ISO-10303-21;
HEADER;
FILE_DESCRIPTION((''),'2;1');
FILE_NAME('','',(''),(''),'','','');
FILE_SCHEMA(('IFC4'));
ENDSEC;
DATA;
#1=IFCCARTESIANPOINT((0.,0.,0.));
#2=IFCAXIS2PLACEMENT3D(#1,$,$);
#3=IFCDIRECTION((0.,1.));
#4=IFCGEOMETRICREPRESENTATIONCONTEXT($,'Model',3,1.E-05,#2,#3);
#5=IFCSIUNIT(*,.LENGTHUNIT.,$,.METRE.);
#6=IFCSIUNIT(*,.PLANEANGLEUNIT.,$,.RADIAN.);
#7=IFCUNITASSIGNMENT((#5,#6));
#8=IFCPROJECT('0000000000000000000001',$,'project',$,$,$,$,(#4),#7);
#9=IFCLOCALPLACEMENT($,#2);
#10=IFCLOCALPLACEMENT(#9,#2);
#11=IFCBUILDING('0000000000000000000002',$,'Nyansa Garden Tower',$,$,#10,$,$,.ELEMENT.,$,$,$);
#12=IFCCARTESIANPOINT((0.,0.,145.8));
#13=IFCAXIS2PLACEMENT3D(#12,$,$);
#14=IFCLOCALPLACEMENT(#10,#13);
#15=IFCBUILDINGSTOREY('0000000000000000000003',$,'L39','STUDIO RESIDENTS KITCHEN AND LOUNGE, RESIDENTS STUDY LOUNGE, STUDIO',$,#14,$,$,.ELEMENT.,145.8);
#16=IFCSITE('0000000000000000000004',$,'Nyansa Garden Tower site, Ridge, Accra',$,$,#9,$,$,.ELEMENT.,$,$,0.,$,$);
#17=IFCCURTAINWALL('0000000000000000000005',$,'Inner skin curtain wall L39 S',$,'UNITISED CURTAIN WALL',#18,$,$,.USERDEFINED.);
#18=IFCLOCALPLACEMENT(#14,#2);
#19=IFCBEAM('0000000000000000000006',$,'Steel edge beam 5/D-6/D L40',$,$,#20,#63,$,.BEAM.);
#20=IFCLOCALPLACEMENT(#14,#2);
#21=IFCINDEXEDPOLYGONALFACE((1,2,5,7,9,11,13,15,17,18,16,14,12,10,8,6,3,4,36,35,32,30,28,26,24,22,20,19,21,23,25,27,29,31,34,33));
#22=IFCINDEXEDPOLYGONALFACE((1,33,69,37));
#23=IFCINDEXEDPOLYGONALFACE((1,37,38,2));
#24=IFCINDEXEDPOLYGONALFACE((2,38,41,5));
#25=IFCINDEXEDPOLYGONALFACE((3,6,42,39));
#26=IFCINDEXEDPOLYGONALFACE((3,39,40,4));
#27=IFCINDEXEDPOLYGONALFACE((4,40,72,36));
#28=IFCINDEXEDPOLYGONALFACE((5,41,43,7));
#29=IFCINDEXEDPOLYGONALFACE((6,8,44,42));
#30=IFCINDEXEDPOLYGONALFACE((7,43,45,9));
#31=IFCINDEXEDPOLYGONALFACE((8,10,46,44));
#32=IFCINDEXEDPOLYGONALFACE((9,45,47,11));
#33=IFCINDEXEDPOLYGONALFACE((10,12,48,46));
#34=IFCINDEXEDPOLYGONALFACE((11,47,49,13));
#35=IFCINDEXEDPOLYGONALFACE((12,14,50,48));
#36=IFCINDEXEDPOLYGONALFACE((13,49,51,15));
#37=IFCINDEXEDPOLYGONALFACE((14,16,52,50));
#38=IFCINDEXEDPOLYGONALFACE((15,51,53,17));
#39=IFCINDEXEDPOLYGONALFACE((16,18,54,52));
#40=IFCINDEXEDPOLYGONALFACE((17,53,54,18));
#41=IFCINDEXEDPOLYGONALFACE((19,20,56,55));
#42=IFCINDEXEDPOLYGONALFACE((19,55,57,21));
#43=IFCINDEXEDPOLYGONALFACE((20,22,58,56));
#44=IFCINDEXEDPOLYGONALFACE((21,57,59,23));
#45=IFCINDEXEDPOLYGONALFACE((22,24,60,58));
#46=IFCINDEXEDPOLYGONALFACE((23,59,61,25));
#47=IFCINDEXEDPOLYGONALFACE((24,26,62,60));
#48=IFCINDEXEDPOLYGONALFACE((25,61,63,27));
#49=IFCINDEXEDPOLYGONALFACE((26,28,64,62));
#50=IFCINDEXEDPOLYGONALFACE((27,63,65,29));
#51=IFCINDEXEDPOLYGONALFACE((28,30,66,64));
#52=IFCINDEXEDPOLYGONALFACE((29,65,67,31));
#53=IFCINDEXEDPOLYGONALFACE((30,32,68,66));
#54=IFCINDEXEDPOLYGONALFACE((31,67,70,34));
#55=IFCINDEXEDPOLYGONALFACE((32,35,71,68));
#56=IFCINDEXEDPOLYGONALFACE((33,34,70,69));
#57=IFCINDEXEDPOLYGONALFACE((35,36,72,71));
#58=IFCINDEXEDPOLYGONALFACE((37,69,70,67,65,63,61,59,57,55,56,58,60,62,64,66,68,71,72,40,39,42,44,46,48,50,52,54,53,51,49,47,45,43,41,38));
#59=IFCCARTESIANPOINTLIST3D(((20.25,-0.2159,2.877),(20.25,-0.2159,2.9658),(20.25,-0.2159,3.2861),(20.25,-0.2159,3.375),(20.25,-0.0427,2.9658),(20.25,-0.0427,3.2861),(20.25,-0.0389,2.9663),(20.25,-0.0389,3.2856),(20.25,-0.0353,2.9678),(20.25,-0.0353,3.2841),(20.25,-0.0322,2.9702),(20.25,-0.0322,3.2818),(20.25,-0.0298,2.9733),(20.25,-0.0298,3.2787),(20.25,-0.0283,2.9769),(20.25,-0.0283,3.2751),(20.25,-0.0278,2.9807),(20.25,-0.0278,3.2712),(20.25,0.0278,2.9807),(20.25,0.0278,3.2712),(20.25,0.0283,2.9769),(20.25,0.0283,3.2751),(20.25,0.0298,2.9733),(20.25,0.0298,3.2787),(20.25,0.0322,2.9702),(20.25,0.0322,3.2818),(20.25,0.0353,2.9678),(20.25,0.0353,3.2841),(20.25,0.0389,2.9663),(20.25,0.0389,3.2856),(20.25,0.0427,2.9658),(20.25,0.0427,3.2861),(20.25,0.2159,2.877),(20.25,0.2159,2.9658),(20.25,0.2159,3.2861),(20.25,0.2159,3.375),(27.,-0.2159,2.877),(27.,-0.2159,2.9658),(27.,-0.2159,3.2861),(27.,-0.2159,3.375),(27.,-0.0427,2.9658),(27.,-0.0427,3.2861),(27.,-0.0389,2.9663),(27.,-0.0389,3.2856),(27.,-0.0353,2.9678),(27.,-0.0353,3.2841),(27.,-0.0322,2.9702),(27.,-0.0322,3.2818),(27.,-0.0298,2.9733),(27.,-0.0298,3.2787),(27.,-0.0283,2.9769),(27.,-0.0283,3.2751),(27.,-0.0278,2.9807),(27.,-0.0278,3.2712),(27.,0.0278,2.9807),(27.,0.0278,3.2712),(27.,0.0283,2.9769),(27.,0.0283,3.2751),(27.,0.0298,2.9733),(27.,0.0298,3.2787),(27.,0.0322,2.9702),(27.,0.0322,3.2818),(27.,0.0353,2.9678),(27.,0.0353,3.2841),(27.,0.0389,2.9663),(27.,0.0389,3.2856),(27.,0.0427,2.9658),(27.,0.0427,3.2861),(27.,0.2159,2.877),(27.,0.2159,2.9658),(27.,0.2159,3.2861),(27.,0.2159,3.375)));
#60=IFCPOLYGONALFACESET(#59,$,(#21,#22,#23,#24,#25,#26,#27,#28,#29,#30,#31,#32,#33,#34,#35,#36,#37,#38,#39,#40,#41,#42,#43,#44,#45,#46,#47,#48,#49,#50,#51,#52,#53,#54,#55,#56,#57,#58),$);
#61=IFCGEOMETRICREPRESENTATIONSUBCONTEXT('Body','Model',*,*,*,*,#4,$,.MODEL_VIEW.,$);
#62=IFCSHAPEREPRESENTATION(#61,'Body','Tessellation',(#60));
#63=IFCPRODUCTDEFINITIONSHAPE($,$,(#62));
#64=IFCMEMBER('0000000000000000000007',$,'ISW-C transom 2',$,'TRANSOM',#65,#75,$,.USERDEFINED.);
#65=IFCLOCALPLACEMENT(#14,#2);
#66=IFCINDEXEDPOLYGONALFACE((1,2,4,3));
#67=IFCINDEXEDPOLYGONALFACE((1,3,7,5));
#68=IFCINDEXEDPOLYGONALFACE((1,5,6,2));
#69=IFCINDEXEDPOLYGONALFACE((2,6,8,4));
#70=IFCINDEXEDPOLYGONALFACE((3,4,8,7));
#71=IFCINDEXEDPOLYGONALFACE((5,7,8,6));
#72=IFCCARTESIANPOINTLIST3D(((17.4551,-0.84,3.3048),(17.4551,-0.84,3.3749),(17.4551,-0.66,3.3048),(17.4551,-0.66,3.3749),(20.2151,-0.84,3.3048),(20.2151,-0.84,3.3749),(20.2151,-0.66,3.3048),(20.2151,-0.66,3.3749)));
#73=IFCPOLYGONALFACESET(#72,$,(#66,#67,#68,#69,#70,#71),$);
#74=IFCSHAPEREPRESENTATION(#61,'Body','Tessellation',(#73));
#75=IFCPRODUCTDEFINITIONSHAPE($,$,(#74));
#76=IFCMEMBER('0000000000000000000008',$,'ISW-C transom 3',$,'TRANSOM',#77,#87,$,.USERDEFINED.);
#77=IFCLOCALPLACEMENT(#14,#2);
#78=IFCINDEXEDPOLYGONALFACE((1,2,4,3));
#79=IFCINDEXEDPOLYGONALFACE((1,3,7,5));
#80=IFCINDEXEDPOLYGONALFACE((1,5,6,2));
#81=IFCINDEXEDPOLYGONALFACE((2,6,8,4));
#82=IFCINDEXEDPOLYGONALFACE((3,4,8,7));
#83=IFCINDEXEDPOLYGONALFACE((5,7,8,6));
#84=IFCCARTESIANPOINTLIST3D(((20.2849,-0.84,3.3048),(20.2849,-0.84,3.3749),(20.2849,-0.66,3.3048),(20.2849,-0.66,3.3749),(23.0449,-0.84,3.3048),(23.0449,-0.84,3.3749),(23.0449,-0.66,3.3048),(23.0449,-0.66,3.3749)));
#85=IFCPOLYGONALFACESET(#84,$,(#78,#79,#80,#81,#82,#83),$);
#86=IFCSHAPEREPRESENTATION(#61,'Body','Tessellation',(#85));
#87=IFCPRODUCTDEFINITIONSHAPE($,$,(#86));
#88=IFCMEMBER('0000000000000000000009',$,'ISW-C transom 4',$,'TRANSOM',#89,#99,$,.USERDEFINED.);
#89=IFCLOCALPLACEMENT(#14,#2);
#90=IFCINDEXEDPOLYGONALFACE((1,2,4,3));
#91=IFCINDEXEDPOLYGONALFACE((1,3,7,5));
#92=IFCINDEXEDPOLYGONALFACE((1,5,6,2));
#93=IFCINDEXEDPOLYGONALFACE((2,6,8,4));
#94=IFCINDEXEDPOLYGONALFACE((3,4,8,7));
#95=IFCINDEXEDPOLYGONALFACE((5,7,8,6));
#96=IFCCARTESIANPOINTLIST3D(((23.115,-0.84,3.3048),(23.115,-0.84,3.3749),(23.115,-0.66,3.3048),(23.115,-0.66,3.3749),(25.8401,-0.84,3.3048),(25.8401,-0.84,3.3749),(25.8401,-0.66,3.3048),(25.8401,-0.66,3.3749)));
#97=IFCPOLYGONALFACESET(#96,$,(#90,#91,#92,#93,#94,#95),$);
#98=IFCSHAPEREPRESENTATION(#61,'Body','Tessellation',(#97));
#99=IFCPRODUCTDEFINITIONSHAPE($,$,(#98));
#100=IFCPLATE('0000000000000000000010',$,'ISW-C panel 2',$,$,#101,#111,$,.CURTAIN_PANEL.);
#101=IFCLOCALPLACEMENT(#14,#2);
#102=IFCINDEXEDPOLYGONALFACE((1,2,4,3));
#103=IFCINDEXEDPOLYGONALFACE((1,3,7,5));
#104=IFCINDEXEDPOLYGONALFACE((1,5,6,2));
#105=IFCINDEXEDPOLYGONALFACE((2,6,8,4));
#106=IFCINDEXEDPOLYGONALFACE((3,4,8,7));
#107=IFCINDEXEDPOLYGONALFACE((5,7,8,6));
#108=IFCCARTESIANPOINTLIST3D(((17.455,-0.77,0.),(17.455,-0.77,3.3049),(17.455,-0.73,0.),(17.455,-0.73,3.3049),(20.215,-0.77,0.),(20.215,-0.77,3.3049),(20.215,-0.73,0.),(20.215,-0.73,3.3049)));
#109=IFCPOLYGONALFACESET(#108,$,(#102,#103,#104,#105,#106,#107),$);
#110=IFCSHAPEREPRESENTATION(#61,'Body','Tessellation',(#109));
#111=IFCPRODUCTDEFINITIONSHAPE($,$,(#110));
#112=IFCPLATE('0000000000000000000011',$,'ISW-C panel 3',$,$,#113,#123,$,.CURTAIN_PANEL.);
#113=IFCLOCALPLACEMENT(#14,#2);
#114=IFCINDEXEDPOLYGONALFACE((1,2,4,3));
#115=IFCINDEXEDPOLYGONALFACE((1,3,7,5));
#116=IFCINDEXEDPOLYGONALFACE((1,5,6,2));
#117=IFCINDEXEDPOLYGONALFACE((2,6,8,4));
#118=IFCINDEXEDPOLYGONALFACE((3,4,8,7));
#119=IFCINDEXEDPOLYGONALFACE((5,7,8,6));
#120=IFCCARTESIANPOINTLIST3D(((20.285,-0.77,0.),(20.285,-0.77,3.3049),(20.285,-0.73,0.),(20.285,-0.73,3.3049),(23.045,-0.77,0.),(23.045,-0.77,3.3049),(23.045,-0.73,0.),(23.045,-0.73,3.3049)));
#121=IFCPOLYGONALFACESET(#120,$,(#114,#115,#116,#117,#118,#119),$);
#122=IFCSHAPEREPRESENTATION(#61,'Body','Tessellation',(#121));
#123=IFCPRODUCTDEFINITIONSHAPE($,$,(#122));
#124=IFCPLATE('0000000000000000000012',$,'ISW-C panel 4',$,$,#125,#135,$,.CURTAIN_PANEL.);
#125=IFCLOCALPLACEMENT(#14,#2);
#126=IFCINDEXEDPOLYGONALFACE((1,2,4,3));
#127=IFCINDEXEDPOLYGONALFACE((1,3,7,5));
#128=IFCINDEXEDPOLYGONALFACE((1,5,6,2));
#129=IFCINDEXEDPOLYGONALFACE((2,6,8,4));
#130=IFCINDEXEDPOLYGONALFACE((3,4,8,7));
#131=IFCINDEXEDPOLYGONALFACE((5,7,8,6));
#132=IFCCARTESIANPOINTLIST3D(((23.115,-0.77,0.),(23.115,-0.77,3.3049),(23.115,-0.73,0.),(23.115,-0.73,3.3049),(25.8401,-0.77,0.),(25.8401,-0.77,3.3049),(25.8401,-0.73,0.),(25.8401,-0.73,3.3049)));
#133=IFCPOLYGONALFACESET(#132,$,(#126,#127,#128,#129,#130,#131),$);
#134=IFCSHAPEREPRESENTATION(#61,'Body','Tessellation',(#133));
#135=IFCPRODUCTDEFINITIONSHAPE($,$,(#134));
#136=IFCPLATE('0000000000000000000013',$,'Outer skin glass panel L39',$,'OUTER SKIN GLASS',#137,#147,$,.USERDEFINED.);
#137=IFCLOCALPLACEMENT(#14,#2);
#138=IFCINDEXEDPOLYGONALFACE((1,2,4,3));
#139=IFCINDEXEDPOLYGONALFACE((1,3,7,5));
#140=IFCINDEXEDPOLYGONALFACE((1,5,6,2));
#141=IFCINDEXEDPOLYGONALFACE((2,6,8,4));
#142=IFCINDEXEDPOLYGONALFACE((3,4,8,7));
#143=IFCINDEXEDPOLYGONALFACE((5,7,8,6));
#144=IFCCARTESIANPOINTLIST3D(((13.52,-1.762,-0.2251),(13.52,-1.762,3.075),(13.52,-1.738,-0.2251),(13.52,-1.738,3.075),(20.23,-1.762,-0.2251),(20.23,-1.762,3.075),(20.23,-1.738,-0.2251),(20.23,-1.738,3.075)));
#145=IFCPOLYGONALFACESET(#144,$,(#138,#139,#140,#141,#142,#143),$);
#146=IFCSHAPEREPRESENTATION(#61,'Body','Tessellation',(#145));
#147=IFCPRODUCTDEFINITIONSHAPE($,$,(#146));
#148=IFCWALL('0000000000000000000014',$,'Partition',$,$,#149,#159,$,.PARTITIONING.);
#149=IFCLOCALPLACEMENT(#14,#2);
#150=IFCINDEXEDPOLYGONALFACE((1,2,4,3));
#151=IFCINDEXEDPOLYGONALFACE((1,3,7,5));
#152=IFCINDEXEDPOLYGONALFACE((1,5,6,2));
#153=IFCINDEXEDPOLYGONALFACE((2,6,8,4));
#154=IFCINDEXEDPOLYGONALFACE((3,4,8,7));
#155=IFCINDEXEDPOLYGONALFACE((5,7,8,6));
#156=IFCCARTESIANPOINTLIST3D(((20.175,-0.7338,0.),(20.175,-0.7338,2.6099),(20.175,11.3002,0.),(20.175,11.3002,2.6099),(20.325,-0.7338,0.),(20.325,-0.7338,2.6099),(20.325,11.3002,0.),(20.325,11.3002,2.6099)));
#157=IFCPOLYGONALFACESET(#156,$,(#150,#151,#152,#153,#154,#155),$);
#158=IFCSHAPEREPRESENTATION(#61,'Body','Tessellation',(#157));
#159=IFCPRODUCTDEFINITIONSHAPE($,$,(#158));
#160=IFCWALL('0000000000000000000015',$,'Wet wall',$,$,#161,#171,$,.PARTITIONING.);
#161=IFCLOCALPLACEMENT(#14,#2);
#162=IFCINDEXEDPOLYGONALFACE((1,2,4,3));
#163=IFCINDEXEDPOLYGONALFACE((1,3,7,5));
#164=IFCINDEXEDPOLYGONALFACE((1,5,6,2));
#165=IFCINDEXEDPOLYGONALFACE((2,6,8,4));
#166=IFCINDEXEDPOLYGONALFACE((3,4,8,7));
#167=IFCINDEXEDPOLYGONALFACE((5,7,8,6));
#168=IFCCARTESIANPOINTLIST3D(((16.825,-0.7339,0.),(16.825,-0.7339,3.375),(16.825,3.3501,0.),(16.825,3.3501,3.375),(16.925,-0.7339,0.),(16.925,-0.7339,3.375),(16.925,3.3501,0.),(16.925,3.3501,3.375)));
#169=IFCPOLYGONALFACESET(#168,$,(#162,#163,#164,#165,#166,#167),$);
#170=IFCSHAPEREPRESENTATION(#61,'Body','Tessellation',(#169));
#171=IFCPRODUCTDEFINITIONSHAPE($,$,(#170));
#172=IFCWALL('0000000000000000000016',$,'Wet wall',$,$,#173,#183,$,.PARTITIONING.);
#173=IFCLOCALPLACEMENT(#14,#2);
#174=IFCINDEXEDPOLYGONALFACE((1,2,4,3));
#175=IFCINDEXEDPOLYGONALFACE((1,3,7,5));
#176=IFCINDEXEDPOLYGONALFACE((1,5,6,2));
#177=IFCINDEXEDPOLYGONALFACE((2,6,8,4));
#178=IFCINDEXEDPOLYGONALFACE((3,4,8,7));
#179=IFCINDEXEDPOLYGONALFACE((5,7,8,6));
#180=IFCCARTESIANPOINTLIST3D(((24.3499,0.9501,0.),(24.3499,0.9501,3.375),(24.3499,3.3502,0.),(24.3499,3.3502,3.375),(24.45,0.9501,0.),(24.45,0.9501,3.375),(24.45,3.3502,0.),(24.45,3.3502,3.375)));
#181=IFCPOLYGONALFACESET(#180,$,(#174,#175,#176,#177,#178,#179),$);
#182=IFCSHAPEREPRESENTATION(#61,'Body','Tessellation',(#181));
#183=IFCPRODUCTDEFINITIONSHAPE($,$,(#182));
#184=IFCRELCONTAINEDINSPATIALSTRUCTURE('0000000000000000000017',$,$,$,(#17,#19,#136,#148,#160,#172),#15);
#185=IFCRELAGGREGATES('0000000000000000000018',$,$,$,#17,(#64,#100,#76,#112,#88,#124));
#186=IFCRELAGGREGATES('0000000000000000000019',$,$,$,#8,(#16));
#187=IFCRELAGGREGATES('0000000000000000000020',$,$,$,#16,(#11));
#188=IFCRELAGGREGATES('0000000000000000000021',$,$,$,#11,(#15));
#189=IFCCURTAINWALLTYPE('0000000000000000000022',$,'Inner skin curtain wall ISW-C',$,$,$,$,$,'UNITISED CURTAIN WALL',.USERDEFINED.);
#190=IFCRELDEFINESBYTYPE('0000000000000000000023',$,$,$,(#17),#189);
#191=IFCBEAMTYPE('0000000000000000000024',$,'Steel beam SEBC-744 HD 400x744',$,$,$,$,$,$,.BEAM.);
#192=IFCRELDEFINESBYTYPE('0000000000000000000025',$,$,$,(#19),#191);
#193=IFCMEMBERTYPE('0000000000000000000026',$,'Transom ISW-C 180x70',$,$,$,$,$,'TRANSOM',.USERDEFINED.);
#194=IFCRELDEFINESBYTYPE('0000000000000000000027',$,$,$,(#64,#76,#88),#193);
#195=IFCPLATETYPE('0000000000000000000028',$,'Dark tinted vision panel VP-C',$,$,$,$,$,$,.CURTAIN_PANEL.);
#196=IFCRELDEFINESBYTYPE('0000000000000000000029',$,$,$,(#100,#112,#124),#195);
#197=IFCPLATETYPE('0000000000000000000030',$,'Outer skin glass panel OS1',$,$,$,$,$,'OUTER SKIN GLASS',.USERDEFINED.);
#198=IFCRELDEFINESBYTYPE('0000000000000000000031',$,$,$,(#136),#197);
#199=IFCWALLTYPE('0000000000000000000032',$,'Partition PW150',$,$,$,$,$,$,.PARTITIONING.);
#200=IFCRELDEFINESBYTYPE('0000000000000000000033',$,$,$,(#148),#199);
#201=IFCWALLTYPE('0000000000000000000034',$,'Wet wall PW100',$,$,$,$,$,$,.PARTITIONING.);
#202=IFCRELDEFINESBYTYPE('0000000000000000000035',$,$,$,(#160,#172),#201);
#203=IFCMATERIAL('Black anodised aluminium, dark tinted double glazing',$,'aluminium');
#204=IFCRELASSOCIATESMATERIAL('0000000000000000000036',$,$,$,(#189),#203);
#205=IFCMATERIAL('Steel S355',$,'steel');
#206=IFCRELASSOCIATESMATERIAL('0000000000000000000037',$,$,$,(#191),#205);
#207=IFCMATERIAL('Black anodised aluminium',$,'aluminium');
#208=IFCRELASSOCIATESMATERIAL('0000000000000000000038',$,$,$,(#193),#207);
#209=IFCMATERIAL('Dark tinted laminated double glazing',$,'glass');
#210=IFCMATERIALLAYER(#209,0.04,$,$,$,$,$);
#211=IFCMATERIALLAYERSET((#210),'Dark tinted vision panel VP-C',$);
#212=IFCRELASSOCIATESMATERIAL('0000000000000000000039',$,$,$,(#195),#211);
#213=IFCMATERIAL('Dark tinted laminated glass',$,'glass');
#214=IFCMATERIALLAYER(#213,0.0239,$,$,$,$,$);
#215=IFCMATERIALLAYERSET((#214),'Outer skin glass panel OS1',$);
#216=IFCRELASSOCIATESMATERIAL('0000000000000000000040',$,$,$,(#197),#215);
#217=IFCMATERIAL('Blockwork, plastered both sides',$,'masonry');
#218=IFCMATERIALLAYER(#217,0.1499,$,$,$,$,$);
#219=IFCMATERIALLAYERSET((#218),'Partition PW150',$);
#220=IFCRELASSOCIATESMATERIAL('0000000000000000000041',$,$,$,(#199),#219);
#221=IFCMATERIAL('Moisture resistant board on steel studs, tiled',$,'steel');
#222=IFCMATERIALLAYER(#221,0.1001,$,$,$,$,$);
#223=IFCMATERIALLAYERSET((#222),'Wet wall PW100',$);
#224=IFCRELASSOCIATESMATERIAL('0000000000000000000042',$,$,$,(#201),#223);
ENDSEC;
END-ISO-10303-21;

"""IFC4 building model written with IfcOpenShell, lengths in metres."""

from ifc_helpers import new_model, si_unit, direction, frame, frame_2d, origin, origin_2d, place, context, subcontext, project, spatial, rectangle, i_section, extrude, material, layer, layer_set, material_profile, profile_set, type_object, element, aggregate, save


model = new_model("IFC4")

# Units and contexts
model_context = context("Model", 3, precision=1e-05, world=origin(), true_north=direction((0.0, 1.0)))
body_context = subcontext(model_context, "Body", "Model", "MODEL_VIEW")
ifc_project = project(units=[si_unit("LENGTHUNIT", "METRE"), si_unit("PLANEANGLEUNIT", "RADIAN")], contexts=[model_context])

# Site, building, storey
site_placement = place(None, origin())
site = spatial("IfcSite", under=ifc_project, at=site_placement, Name="Nyansa Garden Tower site, Ridge, Accra", CompositionType="ELEMENT", RefElevation=0.0)
building_placement = place(site_placement, origin())
building = spatial("IfcBuilding", under=site, at=building_placement, Name="Nyansa Garden Tower", CompositionType="ELEMENT")
storey_placement = place(building_placement, frame((0.0, 0.0, 145.8)))
storey = spatial("IfcBuildingStorey", under=building, at=storey_placement, Name="L39", Description="STUDIO RESIDENTS KITCHEN AND LOUNGE, RESIDENTS STUDY LOUNGE, STUDIO", CompositionType="ELEMENT", Elevation=145.8)

# Curtain wall
ifc_material_1 = material(Name="Black anodised aluminium, dark tinted double glazing", Category="aluminium")
curtain_wall_type = type_object("IfcCurtainWallType", Name="Inner skin curtain wall ISW-C", ElementType="UNITISED CURTAIN WALL", PredefinedType="USERDEFINED", material=ifc_material_1)
curtain_wall_placement = place(storey_placement, origin())
curtain_wall = element("IfcCurtainWall", 1, at=curtain_wall_placement, inside=storey, type_object=curtain_wall_type, Name="Inner skin curtain wall L39 S", ObjectType="UNITISED CURTAIN WALL", PredefinedType="USERDEFINED")

# Beam
ifc_material_2 = material(Name="Steel S355", Category="steel")
ifc_material_profile_1 = material_profile(ifc_material_2, i_section(OverallWidth=0.4319, OverallDepth=0.498, WebThickness=0.0557, FlangeThickness=0.0889, FilletRadius=0.0149, at=origin_2d()), Name="HD 400x744")
ifc_profile_set_1 = profile_set([ifc_material_profile_1], Name="Steel S355")
beam_type_1 = type_object("IfcBeamType", Name="Steel beam SEBC-744 HD 400x744", PredefinedType="BEAM", material=ifc_profile_set_1)
beam_1_placement = place(storey_placement, frame((20.25, 0.0, 3.126), z_axis=(1.0, 0.0, 0.0), x_axis=(0.0, 1.0, 0.0)))
element("IfcBeam", 2, at=beam_1_placement, inside=storey, type_object=beam_type_1, Name="Steel edge beam 5/D-6/D L40", PredefinedType="BEAM", context=body_context, shape_type="SweptSolid", body=[
    extrude(i_section(OverallWidth=0.4319, OverallDepth=0.498, WebThickness=0.0557, FlangeThickness=0.0889, FilletRadius=0.0149, at=origin_2d()), origin(), (0.0, 0.0, 1.0), 6.75),
])

# Members
ifc_material_3 = material(Name="Black anodised aluminium", Category="aluminium")
ifc_material_profile_2 = material_profile(ifc_material_3, rectangle(XDim=0.1799, YDim=0.0701, at=origin_2d()), Name="Transom 180x70")
ifc_profile_set_2 = profile_set([ifc_material_profile_2], Name="Black anodised aluminium")
member_type_1 = type_object("IfcMemberType", Name="Transom ISW-C 180x70", ElementType="TRANSOM", PredefinedType="USERDEFINED", material=ifc_profile_set_2)
member_1_placement = place(storey_placement, frame((17.4551, -0.75, 3.3398), z_axis=(1.0, 0.0, 0.0), x_axis=(0.0, 1.0, 0.0)))
member_1 = element("IfcMember", 3, at=member_1_placement, type_object=member_type_1, Name="ISW-C transom 2", ObjectType="TRANSOM", PredefinedType="USERDEFINED", context=body_context, shape_type="SweptSolid", body=[
    extrude(rectangle(XDim=0.1799, YDim=0.0701, at=origin_2d()), origin(), (0.0, 0.0, 1.0), 2.76),
])
member_2_placement = place(storey_placement, frame((20.2849, -0.75, 3.3398), z_axis=(1.0, 0.0, 0.0), x_axis=(0.0, 1.0, 0.0)))
member_2 = element("IfcMember", 4, at=member_2_placement, type_object=member_type_1, Name="ISW-C transom 3", ObjectType="TRANSOM", PredefinedType="USERDEFINED", context=body_context, shape_type="SweptSolid", body=[
    extrude(rectangle(XDim=0.1799, YDim=0.0701, at=origin_2d()), origin(), (0.0, 0.0, 1.0), 2.76),
])
member_3_placement = place(storey_placement, frame((23.115, -0.75, 3.3398), z_axis=(1.0, 0.0, 0.0), x_axis=(0.0, 1.0, 0.0)))
member_3 = element("IfcMember", 5, at=member_3_placement, type_object=member_type_1, Name="ISW-C transom 4", ObjectType="TRANSOM", PredefinedType="USERDEFINED", context=body_context, shape_type="SweptSolid", body=[
    extrude(rectangle(XDim=0.1799, YDim=0.0701, at=origin_2d()), origin(), (0.0, 0.0, 1.0), 2.7251),
])

# Plates
ifc_material_4 = material(Name="Dark tinted laminated double glazing", Category="glass")
ifc_layer_1 = layer(ifc_material_4, 0.04)
ifc_layer_set_1 = layer_set([ifc_layer_1], Name="Dark tinted vision panel VP-C")
plate_type_1 = type_object("IfcPlateType", Name="Dark tinted vision panel VP-C", PredefinedType="CURTAIN_PANEL", material=ifc_layer_set_1)
plate_1_placement = place(storey_placement, frame((18.835, -0.75, 0.0), z_axis=(0.0, 0.0, 1.0), x_axis=(1.0, 0.0, 0.0)))
plate_1 = element("IfcPlate", 6, at=plate_1_placement, type_object=plate_type_1, Name="ISW-C panel 2", PredefinedType="CURTAIN_PANEL", context=body_context, shape_type="SweptSolid", body=[
    extrude(rectangle(XDim=2.76, YDim=0.04, at=origin_2d()), origin(), (0.0, 0.0, 1.0), 3.3049),
])
plate_2_placement = place(storey_placement, frame((21.665, -0.75, 0.0), z_axis=(0.0, 0.0, 1.0), x_axis=(1.0, 0.0, 0.0)))
plate_2 = element("IfcPlate", 7, at=plate_2_placement, type_object=plate_type_1, Name="ISW-C panel 3", PredefinedType="CURTAIN_PANEL", context=body_context, shape_type="SweptSolid", body=[
    extrude(rectangle(XDim=2.76, YDim=0.04, at=origin_2d()), origin(), (0.0, 0.0, 1.0), 3.3049),
])
plate_3_placement = place(storey_placement, frame((24.4775, -0.75, 0.0), z_axis=(0.0, 0.0, 1.0), x_axis=(1.0, 0.0, 0.0)))
plate_3 = element("IfcPlate", 8, at=plate_3_placement, type_object=plate_type_1, Name="ISW-C panel 4", PredefinedType="CURTAIN_PANEL", context=body_context, shape_type="SweptSolid", body=[
    extrude(rectangle(XDim=2.7251, YDim=0.04, at=origin_2d()), origin(), (0.0, 0.0, 1.0), 3.3049),
])
aggregate(curtain_wall, [member_1, plate_1, member_2, plate_2, member_3, plate_3])
ifc_material_5 = material(Name="Dark tinted laminated glass", Category="glass")
ifc_layer_2 = layer(ifc_material_5, 0.0239)
ifc_layer_set_2 = layer_set([ifc_layer_2], Name="Outer skin glass panel OS1")
plate_type_2 = type_object("IfcPlateType", Name="Outer skin glass panel OS1", ElementType="OUTER SKIN GLASS", PredefinedType="USERDEFINED", material=ifc_layer_set_2)
plate_4_placement = place(storey_placement, frame((16.875, -1.75, -0.2251), z_axis=(0.0, 0.0, 1.0), x_axis=(1.0, 0.0, 0.0)))
element("IfcPlate", 9, at=plate_4_placement, inside=storey, type_object=plate_type_2, Name="Outer skin glass panel L39", ObjectType="OUTER SKIN GLASS", PredefinedType="USERDEFINED", context=body_context, shape_type="SweptSolid", body=[
    extrude(rectangle(XDim=6.71, YDim=0.0239, at=origin_2d()), origin(), (0.0, 0.0, 1.0), 3.3),
])

# Walls
ifc_material_6 = material(Name="Blockwork, plastered both sides", Category="masonry")
ifc_layer_3 = layer(ifc_material_6, 0.1499)
ifc_layer_set_3 = layer_set([ifc_layer_3], Name="Partition PW150")
wall_type_1 = type_object("IfcWallType", Name="Partition PW150", PredefinedType="PARTITIONING", material=ifc_layer_set_3)
wall_1_placement = place(storey_placement, frame((20.25, -0.7339, 0.0), z_axis=(0.0, 0.0, 1.0), x_axis=(0.0, 1.0, 0.0)))
element("IfcWall", 10, at=wall_1_placement, inside=storey, type_object=wall_type_1, Name="Partition", PredefinedType="PARTITIONING", context=body_context, shape_type="SweptSolid", body=[
    extrude(rectangle(XDim=12.0339, YDim=0.1499, at=frame_2d((6.0171, 0.0))), origin(), (0.0, 0.0, 1.0), 2.6099),
])
ifc_material_7 = material(Name="Moisture resistant board on steel studs, tiled", Category="steel")
ifc_layer_4 = layer(ifc_material_7, 0.1001)
ifc_layer_set_4 = layer_set([ifc_layer_4], Name="Wet wall PW100")
wall_type_2 = type_object("IfcWallType", Name="Wet wall PW100", PredefinedType="PARTITIONING", material=ifc_layer_set_4)
wall_2_placement = place(storey_placement, frame((16.875, -0.7339, 0.0), z_axis=(0.0, 0.0, 1.0), x_axis=(0.0, 1.0, 0.0)))
element("IfcWall", 11, at=wall_2_placement, inside=storey, type_object=wall_type_2, Name="Wet wall", PredefinedType="PARTITIONING", context=body_context, shape_type="SweptSolid", body=[
    extrude(rectangle(XDim=4.084, YDim=0.1001, at=frame_2d((2.042, 0.0))), origin(), (0.0, 0.0, 1.0), 3.375),
])
wall_3_placement = place(storey_placement, frame((24.3999, 0.95, 0.0), z_axis=(0.0, 0.0, 1.0), x_axis=(0.0, 1.0, 0.0)))
element("IfcWall", 12, at=wall_3_placement, inside=storey, type_object=wall_type_2, Name="Wet wall", PredefinedType="PARTITIONING", context=body_context, shape_type="SweptSolid", body=[
    extrude(rectangle(XDim=2.4001, YDim=0.1001, at=frame_2d((1.2002, 0.0))), origin(), (0.0, 0.0, 1.0), 3.375),
])

save(model, "model.ifc")
